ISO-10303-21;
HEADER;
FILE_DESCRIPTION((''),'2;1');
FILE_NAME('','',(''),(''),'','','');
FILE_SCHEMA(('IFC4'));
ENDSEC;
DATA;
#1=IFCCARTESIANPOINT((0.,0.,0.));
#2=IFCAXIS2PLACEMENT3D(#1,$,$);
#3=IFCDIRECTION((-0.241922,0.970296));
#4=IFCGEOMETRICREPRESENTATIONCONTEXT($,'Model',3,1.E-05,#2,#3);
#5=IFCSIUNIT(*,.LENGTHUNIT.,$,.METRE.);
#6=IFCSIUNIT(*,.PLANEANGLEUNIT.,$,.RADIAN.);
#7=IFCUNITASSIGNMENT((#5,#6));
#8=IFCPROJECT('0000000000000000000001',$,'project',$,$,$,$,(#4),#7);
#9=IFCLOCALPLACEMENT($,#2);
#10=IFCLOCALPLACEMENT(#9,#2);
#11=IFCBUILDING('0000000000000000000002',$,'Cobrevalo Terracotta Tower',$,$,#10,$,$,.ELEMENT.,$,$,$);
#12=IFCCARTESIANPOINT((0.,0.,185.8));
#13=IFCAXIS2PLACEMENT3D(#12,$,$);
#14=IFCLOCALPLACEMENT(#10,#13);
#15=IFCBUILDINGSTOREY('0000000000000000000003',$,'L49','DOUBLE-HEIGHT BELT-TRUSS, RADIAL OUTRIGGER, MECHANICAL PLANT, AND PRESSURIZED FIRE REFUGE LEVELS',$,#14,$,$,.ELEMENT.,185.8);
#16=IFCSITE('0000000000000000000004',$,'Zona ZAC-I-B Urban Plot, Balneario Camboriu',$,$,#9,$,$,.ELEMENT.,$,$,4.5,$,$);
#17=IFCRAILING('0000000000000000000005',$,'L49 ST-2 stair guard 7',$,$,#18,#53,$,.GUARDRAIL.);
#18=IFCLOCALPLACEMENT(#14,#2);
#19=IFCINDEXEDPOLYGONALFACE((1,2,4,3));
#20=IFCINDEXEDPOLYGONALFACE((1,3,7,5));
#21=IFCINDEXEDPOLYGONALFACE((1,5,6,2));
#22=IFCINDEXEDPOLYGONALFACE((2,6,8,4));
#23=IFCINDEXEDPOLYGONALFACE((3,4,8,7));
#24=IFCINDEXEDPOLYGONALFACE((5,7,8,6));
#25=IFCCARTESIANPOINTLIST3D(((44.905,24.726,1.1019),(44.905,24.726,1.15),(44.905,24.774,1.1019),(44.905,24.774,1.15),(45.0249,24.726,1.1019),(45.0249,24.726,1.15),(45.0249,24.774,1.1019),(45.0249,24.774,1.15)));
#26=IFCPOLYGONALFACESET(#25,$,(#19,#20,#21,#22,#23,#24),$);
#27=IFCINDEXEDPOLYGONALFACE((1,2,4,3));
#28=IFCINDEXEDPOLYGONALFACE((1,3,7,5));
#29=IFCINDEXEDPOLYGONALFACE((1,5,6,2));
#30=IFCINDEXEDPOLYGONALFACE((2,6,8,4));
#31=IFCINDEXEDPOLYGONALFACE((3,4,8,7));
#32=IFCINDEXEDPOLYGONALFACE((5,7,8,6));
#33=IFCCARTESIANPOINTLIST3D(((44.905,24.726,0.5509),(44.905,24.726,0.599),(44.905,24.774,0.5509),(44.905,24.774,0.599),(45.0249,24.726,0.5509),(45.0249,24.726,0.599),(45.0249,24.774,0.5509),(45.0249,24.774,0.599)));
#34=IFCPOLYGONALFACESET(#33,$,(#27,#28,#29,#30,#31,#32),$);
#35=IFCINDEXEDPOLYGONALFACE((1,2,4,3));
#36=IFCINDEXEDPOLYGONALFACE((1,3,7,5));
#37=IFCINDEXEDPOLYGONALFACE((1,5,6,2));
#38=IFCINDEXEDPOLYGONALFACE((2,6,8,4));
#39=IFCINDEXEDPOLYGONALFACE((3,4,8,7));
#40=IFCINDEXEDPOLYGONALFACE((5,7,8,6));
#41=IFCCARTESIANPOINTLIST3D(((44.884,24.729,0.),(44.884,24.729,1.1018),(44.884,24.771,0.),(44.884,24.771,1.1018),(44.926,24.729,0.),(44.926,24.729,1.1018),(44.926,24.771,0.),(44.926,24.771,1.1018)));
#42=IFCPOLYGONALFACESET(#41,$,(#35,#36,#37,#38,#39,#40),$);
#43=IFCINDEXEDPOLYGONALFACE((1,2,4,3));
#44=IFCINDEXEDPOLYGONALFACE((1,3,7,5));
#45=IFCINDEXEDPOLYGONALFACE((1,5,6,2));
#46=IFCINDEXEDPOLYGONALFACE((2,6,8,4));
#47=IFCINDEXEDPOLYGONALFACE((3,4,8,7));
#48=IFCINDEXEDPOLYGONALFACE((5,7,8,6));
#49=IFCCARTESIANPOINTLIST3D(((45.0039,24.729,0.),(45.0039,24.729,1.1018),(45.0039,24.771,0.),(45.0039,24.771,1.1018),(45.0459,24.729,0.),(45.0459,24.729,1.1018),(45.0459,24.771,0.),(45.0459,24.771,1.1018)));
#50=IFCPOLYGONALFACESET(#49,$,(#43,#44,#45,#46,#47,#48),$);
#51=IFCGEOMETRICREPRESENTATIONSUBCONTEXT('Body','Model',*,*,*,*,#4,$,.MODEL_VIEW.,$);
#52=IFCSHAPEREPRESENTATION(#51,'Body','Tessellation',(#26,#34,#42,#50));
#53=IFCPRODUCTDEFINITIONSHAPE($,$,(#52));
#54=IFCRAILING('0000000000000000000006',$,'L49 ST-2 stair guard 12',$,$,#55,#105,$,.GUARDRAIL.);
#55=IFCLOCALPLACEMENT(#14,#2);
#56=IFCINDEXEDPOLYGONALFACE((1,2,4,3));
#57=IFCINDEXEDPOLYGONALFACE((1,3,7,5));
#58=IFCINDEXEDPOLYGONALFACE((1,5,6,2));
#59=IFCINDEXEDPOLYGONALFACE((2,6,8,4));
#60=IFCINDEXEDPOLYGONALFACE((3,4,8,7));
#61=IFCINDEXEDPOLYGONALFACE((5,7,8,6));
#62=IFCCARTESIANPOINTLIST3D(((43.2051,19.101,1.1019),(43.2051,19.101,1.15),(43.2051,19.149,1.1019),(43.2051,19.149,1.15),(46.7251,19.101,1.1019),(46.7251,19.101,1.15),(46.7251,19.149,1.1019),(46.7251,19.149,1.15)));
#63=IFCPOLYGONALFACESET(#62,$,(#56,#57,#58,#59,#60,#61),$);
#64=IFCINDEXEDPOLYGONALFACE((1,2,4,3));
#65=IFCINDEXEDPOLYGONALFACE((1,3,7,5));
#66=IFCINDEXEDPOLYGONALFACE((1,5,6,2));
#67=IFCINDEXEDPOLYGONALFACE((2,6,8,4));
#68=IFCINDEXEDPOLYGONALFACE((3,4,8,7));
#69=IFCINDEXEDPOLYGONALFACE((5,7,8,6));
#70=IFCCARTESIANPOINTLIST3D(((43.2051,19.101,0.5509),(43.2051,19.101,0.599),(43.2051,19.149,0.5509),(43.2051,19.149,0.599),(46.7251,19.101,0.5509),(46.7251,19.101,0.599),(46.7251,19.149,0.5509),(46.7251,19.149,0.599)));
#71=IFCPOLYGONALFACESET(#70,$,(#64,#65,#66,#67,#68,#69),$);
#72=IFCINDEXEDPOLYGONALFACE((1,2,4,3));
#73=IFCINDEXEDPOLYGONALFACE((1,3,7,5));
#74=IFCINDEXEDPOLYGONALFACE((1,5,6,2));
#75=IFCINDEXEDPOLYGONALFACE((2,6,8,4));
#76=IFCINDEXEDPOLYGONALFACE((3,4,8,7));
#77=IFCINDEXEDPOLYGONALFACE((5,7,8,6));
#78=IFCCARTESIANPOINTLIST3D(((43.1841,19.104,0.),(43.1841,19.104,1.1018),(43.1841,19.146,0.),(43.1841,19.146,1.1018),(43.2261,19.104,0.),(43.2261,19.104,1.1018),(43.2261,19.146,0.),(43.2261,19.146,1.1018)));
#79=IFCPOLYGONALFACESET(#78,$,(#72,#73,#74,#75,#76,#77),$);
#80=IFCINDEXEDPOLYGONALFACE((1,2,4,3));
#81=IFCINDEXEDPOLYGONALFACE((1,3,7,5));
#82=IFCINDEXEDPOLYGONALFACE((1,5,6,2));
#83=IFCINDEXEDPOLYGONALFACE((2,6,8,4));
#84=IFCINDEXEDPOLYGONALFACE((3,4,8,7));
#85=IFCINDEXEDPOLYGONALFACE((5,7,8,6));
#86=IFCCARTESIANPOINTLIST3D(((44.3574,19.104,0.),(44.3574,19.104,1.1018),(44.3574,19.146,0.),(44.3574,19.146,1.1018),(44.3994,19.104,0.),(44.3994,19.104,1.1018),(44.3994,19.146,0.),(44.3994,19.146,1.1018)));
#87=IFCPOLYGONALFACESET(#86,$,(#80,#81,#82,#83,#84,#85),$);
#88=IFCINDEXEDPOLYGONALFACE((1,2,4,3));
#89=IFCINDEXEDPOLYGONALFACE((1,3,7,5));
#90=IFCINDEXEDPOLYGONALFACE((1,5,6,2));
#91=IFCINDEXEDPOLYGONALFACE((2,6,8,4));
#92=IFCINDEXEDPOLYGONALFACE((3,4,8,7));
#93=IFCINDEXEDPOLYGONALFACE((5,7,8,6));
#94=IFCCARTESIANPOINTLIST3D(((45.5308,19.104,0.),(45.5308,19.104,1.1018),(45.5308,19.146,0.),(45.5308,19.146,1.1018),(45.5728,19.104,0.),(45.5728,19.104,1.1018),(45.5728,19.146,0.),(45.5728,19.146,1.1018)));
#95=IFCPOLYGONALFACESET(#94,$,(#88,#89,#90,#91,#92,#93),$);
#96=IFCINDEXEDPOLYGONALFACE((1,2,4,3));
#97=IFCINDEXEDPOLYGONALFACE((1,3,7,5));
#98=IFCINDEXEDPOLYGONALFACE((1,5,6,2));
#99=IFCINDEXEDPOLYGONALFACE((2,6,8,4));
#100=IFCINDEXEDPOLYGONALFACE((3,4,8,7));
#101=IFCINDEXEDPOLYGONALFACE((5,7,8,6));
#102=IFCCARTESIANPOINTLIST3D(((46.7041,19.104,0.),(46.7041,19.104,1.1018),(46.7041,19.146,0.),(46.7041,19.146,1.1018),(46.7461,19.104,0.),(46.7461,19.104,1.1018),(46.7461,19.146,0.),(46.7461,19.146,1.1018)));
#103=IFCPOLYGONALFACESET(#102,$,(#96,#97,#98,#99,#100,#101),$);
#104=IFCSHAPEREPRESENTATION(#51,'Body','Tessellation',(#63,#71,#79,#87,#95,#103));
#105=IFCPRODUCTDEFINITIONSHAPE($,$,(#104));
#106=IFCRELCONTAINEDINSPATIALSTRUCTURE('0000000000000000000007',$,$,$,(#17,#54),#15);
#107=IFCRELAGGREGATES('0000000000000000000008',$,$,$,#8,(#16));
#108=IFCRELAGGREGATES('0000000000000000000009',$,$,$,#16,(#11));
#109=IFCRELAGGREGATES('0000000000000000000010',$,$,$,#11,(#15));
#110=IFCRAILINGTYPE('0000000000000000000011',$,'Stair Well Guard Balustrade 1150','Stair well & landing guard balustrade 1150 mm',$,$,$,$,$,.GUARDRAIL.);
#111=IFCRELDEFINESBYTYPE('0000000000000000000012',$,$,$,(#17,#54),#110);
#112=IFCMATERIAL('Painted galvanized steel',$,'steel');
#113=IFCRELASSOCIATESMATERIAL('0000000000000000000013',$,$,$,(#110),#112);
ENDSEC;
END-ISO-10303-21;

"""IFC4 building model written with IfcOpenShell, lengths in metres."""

from ifc_helpers import new_model, si_unit, direction, frame, origin, origin_2d, place, context, subcontext, project, spatial, rectangle, extrude, material, type_object, element, save


model = new_model("IFC4")

# Units and contexts
model_context = context("Model", 3, precision=1e-05, world=origin(), true_north=direction((-0.241922, 0.970296)))
body_context = subcontext(model_context, "Body", "Model", "MODEL_VIEW")
ifc_project = project(units=[si_unit("LENGTHUNIT", "METRE"), si_unit("PLANEANGLEUNIT", "RADIAN")], contexts=[model_context])

# Site, building, storey
site_placement = place(None, origin())
site = spatial("IfcSite", under=ifc_project, at=site_placement, Name="Zona ZAC-I-B Urban Plot, Balneario Camboriu", CompositionType="ELEMENT", RefElevation=4.5)
building_placement = place(site_placement, origin())
building = spatial("IfcBuilding", under=site, at=building_placement, Name="Cobrevalo Terracotta Tower", CompositionType="ELEMENT")
storey_placement = place(building_placement, frame((0.0, 0.0, 185.8)))
storey = spatial("IfcBuildingStorey", under=building, at=storey_placement, Name="L49", Description="DOUBLE-HEIGHT BELT-TRUSS, RADIAL OUTRIGGER, MECHANICAL PLANT, AND PRESSURIZED FIRE REFUGE LEVELS", CompositionType="ELEMENT", Elevation=185.8)

# Railings
ifc_material_1 = material(Name="Painted galvanized steel", Category="steel")
railing_type_1 = type_object("IfcRailingType", Name="Stair Well Guard Balustrade 1150", Description="Stair well & landing guard balustrade 1150 mm", PredefinedType="GUARDRAIL", material=ifc_material_1)
railing_1_placement = place(storey_placement, frame((44.905, 24.75, 0.0)))
element("IfcRailing", 1, at=railing_1_placement, inside=storey, type_object=railing_type_1, Name="L49 ST-2 stair guard 7", PredefinedType="GUARDRAIL", context=body_context, shape_type="SweptSolid", body=[
    extrude(rectangle(XDim=0.0481, YDim=0.0481, at=origin_2d()), frame((0.0, 0.0, 1.126), z_axis=(1.0, 0.0, 0.0), x_axis=(0.0, 1.0, 0.0)), (0.0, 0.0, 1.0), 0.1199),
    extrude(rectangle(XDim=0.0481, YDim=0.0481, at=origin_2d()), frame((0.0, 0.0, 0.575), z_axis=(1.0, 0.0, 0.0), x_axis=(0.0, 1.0, 0.0)), (0.0, 0.0, 1.0), 0.1199),
    extrude(rectangle(XDim=0.042, YDim=0.042, at=origin_2d()), origin(), (0.0, 0.0, 1.0), 1.1018),
    extrude(rectangle(XDim=0.042, YDim=0.042, at=origin_2d()), frame((0.1199, 0.0, 0.0)), (0.0, 0.0, 1.0), 1.1018),
])
railing_2_placement = place(storey_placement, frame((43.2051, 19.125, 0.0)))
element("IfcRailing", 2, at=railing_2_placement, inside=storey, type_object=railing_type_1, Name="L49 ST-2 stair guard 12", PredefinedType="GUARDRAIL", context=body_context, shape_type="SweptSolid", body=[
    extrude(rectangle(XDim=0.0481, YDim=0.0481, at=origin_2d()), frame((0.0, 0.0, 1.126), z_axis=(1.0, 0.0, 0.0), x_axis=(0.0, 1.0, 0.0)), (0.0, 0.0, 1.0), 3.52),
    extrude(rectangle(XDim=0.0481, YDim=0.0481, at=origin_2d()), frame((0.0, 0.0, 0.575), z_axis=(1.0, 0.0, 0.0), x_axis=(0.0, 1.0, 0.0)), (0.0, 0.0, 1.0), 3.52),
    extrude(rectangle(XDim=0.042, YDim=0.042, at=origin_2d()), origin(), (0.0, 0.0, 1.0), 1.1018),
    extrude(rectangle(XDim=0.042, YDim=0.042, at=origin_2d()), frame((1.1733, 0.0, 0.0)), (0.0, 0.0, 1.0), 1.1018),
    extrude(rectangle(XDim=0.042, YDim=0.042, at=origin_2d()), frame((2.3467, 0.0, 0.0)), (0.0, 0.0, 1.0), 1.1018),
    extrude(rectangle(XDim=0.042, YDim=0.042, at=origin_2d()), frame((3.52, 0.0, 0.0)), (0.0, 0.0, 1.0), 1.1018),
])

save(model, "model.ifc")
